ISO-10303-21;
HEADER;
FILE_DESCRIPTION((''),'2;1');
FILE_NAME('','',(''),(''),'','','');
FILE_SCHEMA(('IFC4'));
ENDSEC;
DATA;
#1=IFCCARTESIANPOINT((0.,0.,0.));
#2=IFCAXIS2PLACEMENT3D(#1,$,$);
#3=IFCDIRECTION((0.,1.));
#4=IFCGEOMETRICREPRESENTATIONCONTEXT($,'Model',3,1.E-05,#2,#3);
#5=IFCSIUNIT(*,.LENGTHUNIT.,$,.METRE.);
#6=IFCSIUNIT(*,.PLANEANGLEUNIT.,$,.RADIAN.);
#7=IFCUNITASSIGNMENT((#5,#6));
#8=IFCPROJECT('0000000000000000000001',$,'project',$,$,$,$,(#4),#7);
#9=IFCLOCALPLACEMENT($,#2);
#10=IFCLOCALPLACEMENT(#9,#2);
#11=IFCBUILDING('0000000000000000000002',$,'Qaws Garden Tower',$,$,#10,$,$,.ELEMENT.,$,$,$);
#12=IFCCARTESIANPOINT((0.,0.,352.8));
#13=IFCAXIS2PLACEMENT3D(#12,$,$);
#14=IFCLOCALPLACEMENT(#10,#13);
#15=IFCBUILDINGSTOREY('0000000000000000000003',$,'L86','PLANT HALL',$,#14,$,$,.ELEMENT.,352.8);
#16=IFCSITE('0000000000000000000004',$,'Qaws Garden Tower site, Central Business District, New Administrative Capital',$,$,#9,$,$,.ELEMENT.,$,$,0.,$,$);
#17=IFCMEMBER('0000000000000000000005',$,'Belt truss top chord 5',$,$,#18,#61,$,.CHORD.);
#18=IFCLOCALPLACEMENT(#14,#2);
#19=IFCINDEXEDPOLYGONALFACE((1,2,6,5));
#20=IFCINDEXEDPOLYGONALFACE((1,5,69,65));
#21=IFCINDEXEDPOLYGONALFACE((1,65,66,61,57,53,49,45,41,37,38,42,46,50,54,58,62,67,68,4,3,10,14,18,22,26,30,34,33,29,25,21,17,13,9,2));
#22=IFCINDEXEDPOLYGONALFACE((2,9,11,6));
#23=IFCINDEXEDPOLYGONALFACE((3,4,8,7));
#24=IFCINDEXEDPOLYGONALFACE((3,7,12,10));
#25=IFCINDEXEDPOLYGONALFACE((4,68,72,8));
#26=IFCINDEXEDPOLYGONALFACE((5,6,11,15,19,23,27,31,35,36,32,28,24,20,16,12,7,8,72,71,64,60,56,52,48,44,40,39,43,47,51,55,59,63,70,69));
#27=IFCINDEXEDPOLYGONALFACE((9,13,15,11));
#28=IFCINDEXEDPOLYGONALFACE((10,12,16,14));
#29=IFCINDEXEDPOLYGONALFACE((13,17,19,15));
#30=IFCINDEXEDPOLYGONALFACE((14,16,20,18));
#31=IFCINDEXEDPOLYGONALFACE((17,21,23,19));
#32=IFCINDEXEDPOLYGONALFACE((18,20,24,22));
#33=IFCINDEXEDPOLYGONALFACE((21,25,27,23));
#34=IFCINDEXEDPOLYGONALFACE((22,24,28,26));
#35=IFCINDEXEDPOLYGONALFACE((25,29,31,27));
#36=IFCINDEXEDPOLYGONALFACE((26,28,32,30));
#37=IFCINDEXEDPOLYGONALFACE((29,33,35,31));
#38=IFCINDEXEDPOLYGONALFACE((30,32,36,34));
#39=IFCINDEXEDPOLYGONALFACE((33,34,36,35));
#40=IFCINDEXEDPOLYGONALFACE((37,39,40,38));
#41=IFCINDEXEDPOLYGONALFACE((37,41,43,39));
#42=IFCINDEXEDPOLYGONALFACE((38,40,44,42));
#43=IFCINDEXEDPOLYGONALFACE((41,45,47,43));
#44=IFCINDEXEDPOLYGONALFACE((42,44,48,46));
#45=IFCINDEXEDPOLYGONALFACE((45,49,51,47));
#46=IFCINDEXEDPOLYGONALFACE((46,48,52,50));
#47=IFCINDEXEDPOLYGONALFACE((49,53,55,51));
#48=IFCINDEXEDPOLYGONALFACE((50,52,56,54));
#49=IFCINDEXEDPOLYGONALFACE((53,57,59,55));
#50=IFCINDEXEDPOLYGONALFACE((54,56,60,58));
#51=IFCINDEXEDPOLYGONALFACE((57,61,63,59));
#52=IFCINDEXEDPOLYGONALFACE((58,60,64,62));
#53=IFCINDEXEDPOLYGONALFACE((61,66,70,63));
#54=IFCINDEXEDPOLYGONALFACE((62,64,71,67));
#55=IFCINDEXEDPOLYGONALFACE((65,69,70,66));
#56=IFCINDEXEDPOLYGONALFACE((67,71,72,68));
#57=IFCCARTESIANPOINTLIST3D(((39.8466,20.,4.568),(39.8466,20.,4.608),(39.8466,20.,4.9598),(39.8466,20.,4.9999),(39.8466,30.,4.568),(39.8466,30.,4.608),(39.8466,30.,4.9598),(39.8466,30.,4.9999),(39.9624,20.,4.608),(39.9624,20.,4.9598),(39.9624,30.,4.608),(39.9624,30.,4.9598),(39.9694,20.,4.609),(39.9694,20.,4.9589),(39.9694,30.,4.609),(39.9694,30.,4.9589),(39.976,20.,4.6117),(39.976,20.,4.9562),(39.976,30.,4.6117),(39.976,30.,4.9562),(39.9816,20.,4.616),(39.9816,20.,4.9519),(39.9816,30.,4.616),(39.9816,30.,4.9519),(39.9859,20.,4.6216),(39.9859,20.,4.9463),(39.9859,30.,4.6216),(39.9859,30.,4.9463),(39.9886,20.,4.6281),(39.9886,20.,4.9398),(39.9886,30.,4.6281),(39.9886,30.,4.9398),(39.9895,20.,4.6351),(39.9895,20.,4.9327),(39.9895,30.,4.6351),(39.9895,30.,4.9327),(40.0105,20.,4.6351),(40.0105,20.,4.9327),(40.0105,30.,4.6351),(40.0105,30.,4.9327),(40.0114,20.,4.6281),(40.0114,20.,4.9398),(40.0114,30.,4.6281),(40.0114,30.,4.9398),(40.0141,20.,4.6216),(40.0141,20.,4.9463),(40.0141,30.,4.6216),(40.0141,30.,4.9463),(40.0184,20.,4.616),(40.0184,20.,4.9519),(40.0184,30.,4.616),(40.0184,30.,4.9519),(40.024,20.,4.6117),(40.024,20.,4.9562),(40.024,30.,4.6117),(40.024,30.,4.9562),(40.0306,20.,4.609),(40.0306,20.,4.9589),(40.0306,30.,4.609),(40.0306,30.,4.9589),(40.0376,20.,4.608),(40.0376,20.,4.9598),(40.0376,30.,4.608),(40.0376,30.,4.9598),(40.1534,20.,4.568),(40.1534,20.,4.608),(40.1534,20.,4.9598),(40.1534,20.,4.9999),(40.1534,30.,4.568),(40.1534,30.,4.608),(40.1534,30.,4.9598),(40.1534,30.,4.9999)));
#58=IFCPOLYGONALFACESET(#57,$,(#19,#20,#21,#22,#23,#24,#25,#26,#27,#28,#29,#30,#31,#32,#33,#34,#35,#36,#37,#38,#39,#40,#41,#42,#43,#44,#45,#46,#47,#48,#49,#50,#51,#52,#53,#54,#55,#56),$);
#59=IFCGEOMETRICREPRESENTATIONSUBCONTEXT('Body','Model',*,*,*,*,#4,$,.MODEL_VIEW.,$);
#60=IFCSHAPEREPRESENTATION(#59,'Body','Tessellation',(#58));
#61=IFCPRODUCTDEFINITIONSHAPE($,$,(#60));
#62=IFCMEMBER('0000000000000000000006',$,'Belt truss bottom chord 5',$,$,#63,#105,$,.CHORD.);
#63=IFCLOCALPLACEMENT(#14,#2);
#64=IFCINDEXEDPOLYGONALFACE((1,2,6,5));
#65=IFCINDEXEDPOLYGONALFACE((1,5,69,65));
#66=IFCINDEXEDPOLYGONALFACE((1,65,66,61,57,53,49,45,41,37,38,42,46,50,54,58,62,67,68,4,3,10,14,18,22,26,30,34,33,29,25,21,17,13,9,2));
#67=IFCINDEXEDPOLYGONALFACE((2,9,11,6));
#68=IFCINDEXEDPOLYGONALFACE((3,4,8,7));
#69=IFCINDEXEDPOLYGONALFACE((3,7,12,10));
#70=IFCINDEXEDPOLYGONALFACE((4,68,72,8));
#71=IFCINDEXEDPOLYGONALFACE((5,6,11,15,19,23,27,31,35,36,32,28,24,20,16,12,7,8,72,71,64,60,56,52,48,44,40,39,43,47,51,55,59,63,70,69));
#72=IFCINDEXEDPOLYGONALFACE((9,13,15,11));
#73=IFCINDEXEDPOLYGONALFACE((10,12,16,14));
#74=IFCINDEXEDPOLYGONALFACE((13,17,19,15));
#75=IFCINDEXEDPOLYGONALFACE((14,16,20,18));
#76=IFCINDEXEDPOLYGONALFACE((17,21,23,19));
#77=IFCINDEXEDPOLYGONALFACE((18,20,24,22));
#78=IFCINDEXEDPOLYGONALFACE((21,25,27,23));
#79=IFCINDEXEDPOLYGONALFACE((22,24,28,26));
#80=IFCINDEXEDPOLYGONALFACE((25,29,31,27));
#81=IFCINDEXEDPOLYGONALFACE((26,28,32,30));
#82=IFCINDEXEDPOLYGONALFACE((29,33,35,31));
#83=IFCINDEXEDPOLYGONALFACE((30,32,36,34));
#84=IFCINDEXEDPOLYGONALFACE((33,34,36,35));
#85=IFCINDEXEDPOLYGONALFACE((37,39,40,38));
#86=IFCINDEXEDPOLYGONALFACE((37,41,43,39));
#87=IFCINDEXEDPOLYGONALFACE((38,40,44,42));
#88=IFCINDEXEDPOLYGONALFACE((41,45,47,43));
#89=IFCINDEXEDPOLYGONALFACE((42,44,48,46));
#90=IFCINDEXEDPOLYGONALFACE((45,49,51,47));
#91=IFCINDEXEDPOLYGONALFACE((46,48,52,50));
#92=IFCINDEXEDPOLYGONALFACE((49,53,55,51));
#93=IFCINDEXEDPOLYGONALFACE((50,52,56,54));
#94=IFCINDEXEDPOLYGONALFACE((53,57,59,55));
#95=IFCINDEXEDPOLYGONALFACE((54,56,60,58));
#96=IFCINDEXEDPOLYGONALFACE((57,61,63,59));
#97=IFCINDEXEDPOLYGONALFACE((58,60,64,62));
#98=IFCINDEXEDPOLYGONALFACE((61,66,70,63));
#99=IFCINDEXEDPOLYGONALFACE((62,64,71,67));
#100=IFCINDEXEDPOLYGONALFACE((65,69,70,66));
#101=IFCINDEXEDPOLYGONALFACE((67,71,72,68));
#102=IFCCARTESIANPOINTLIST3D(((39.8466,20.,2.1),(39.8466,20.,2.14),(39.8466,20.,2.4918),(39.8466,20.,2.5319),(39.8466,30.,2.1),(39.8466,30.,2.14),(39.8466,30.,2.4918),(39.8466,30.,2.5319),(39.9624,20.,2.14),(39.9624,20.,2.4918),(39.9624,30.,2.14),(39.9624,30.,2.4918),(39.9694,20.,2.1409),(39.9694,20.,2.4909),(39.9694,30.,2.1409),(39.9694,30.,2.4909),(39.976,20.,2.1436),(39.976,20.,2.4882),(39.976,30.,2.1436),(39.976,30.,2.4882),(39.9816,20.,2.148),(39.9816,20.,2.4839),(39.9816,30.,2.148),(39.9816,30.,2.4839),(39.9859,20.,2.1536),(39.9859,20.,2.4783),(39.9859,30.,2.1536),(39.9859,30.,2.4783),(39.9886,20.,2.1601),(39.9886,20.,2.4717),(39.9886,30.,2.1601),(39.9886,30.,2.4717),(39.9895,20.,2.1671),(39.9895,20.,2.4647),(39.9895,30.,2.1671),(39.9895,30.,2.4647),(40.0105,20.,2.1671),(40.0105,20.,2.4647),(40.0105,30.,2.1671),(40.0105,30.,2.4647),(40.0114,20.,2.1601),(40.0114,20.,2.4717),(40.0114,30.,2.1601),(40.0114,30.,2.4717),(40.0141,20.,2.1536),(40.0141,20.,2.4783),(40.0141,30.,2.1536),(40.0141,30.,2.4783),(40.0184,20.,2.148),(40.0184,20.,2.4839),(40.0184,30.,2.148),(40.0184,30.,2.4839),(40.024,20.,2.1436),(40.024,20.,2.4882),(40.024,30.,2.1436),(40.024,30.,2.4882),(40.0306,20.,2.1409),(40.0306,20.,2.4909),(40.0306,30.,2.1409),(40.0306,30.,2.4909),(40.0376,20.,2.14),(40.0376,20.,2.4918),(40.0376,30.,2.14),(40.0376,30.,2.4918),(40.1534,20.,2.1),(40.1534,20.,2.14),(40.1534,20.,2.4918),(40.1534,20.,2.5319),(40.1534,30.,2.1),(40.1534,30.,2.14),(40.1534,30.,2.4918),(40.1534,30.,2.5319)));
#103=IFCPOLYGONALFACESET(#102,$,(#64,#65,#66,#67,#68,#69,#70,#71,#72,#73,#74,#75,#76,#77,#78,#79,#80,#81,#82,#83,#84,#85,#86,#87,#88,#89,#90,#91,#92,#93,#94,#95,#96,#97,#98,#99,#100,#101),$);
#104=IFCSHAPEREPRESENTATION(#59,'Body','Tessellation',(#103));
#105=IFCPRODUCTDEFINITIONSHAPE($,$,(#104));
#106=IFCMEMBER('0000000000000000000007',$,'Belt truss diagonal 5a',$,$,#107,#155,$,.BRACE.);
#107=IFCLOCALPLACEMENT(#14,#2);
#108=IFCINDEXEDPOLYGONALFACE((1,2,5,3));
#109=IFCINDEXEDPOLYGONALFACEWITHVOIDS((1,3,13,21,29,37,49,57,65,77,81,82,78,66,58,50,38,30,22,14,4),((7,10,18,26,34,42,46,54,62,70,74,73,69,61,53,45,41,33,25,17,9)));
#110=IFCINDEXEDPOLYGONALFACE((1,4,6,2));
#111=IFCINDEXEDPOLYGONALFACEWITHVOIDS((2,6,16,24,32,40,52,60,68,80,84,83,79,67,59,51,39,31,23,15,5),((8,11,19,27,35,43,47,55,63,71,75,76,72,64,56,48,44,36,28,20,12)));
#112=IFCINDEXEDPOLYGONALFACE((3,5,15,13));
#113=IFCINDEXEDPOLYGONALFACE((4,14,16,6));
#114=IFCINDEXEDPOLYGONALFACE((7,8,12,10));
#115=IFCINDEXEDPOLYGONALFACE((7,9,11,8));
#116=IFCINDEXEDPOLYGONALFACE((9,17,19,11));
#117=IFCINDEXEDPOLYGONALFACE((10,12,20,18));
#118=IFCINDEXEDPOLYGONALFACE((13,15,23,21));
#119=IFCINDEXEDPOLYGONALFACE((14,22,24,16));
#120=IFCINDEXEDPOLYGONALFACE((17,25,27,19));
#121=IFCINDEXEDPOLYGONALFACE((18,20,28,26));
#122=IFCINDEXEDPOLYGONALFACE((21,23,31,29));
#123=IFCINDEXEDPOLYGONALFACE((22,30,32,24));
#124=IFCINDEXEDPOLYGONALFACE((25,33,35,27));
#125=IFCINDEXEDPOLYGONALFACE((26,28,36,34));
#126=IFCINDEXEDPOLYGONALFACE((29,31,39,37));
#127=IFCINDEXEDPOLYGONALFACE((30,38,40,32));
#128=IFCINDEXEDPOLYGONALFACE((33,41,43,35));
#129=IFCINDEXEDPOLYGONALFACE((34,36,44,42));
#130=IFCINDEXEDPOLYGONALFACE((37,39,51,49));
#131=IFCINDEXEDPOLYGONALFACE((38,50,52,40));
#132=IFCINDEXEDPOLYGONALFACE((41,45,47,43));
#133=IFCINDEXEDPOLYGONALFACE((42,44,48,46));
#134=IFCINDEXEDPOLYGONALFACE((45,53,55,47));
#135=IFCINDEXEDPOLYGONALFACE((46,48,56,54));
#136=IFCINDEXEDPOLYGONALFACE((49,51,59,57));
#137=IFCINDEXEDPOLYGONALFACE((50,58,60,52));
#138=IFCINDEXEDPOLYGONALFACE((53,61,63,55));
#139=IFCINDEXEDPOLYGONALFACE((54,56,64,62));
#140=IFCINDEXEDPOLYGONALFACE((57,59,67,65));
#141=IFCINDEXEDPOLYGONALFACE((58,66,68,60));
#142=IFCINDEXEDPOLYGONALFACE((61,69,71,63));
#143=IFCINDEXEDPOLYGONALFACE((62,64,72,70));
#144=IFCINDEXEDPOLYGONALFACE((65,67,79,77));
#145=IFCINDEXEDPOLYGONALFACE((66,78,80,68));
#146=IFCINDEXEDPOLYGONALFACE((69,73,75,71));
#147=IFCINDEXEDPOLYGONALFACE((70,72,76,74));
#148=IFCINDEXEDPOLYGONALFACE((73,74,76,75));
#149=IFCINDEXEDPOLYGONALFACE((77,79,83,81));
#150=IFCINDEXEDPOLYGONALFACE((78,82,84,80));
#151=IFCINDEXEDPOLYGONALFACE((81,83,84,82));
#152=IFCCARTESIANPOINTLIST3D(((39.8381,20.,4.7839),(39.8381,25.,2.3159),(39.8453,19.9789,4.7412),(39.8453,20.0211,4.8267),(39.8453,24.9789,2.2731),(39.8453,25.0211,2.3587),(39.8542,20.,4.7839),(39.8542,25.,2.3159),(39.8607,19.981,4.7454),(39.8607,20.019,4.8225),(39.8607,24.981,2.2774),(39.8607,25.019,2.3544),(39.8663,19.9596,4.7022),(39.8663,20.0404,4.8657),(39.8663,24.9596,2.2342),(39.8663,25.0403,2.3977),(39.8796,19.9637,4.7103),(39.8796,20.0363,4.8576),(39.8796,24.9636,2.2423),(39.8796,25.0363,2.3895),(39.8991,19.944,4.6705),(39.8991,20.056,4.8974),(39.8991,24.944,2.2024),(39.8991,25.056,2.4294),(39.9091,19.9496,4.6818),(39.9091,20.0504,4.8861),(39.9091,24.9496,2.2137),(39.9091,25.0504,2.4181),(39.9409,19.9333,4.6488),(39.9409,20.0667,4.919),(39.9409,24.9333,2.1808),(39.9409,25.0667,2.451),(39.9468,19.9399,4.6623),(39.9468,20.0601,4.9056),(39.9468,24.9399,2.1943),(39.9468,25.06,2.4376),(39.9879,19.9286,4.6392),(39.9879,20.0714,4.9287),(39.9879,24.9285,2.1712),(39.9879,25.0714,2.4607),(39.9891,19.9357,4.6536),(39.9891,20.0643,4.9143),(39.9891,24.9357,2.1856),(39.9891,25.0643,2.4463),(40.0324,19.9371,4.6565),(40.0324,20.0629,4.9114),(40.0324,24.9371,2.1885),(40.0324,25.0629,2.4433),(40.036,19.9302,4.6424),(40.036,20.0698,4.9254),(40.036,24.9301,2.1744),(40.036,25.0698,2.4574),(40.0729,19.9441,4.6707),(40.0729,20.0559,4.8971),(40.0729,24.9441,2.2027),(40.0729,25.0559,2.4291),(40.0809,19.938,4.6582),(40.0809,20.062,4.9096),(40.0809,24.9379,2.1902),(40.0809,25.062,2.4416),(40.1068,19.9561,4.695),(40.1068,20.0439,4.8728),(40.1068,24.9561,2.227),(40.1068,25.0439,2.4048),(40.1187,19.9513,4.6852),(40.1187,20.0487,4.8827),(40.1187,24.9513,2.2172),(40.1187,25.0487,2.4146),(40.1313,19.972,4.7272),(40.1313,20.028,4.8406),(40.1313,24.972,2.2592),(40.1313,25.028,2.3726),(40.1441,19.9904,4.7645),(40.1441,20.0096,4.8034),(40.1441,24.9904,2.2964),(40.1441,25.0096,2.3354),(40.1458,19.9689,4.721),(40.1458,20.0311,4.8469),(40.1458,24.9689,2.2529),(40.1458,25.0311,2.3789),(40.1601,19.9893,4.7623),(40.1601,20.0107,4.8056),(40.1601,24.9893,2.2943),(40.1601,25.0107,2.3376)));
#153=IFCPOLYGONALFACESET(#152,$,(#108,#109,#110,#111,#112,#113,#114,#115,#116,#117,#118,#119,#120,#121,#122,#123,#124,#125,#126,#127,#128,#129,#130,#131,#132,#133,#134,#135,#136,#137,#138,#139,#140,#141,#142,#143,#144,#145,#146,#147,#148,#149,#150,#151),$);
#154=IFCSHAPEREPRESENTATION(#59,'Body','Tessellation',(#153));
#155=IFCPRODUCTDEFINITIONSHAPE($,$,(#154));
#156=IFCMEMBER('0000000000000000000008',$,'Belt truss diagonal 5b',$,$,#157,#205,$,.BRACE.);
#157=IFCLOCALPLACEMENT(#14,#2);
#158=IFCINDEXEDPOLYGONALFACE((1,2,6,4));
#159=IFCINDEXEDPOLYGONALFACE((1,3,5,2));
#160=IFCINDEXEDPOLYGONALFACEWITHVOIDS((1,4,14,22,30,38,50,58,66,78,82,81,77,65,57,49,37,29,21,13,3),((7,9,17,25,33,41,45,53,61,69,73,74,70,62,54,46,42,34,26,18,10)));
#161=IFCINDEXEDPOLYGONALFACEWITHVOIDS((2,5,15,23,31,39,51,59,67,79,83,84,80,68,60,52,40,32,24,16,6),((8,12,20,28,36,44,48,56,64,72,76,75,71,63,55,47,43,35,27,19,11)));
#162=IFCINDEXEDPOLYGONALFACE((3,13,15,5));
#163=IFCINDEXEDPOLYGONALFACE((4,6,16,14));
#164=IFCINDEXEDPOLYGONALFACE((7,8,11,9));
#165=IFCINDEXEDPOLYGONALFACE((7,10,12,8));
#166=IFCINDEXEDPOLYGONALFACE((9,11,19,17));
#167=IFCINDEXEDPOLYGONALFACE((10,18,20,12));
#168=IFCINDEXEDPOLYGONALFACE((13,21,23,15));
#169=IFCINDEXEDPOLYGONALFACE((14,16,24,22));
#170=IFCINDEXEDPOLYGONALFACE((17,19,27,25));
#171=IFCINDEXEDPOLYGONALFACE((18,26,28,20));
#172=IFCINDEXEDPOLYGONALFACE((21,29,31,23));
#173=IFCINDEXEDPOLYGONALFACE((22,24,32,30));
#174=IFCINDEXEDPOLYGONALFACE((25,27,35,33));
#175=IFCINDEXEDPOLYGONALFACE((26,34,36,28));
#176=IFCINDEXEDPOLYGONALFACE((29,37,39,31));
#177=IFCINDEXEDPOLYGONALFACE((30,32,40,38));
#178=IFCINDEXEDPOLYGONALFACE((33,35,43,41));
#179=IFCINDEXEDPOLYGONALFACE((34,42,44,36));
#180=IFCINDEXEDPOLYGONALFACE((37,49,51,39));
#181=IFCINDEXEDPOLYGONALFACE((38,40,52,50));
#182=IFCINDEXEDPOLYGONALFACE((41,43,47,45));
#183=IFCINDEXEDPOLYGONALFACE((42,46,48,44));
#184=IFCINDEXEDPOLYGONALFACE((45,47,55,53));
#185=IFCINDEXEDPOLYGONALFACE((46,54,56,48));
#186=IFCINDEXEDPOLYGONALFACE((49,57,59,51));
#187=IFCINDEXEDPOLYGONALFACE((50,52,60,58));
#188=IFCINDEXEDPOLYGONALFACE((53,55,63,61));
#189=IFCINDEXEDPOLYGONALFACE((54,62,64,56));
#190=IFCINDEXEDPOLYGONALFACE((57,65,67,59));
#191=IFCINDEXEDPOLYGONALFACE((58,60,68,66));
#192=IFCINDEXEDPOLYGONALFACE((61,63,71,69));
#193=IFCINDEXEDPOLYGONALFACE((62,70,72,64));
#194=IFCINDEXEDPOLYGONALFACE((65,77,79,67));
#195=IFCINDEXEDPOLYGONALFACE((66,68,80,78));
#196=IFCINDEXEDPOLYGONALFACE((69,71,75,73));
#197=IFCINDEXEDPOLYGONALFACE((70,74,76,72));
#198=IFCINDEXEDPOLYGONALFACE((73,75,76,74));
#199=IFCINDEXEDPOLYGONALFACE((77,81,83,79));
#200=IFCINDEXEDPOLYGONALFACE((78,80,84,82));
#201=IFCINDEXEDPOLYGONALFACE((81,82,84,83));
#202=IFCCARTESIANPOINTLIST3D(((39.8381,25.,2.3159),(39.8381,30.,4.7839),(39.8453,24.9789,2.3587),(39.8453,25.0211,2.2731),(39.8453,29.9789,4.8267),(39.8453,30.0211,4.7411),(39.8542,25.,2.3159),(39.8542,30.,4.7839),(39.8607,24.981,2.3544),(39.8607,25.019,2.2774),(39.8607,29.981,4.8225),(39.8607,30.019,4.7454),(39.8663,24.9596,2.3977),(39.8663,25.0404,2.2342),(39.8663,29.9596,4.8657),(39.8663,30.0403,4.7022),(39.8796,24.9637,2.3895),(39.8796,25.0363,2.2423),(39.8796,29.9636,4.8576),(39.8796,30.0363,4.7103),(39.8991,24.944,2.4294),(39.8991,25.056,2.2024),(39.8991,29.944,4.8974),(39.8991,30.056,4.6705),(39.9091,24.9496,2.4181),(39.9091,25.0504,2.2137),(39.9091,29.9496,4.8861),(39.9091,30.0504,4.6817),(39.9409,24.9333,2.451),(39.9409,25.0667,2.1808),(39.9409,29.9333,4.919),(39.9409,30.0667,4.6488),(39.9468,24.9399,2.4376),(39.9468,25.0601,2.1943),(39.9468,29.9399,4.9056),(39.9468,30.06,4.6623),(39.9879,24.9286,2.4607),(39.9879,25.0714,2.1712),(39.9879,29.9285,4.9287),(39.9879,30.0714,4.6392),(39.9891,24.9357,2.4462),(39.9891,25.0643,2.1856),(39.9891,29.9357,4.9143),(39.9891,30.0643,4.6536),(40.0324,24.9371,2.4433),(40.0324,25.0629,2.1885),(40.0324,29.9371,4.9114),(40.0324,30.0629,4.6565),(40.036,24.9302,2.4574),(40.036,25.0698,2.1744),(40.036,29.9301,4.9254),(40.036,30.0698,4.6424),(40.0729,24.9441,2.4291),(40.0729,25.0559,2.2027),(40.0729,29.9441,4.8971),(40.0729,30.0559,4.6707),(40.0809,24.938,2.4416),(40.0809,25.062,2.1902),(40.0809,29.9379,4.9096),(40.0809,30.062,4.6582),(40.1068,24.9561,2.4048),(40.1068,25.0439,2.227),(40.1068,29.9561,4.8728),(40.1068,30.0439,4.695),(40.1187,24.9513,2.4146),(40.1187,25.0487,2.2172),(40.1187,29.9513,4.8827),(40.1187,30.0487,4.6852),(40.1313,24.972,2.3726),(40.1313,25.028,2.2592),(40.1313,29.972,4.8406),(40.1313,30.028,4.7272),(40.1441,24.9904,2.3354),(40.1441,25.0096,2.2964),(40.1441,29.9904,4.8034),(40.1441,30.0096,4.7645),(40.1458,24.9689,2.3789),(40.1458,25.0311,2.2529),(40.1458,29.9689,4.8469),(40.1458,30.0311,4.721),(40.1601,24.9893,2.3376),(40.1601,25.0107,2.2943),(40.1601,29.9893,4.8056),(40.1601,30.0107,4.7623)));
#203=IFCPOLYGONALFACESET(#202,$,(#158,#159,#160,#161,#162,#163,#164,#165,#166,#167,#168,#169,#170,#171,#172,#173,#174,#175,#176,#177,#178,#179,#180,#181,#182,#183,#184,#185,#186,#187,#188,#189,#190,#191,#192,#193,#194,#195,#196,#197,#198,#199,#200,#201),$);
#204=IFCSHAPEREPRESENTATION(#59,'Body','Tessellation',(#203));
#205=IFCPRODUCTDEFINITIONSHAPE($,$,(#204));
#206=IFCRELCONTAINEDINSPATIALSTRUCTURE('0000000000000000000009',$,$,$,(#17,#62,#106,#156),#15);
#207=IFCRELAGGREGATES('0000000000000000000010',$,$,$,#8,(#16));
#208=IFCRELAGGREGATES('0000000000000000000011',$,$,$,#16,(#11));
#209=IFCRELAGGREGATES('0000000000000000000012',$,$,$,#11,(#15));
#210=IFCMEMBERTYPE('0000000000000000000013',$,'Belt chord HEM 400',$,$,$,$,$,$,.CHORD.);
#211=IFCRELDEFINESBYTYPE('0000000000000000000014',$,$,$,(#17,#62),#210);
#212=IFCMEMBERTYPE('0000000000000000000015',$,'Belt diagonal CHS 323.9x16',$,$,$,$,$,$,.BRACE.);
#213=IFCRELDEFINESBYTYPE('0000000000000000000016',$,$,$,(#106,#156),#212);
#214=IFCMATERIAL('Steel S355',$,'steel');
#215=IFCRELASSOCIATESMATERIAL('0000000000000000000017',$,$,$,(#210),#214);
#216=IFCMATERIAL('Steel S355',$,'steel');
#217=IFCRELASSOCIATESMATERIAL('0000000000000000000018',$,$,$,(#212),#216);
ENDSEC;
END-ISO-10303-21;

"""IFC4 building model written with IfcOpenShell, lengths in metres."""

from ifc_helpers import new_model, si_unit, direction, frame, origin, origin_2d, place, context, subcontext, project, spatial, hollow_circle, i_section, extrude, material, material_profile, profile_set, type_object, element, save


model = new_model("IFC4")

# Units and contexts
model_context = context("Model", 3, precision=1e-05, world=origin(), true_north=direction((0.0, 1.0)))
body_context = subcontext(model_context, "Body", "Model", "MODEL_VIEW")
ifc_project = project(units=[si_unit("LENGTHUNIT", "METRE"), si_unit("PLANEANGLEUNIT", "RADIAN")], contexts=[model_context])

# Site, building, storey
site_placement = place(None, origin())
site = spatial("IfcSite", under=ifc_project, at=site_placement, Name="Qaws Garden Tower site, Central Business District, New Administrative Capital", CompositionType="ELEMENT", RefElevation=0.0)
building_placement = place(site_placement, origin())
building = spatial("IfcBuilding", under=site, at=building_placement, Name="Qaws Garden Tower", CompositionType="ELEMENT")
storey_placement = place(building_placement, frame((0.0, 0.0, 352.8)))
storey = spatial("IfcBuildingStorey", under=building, at=storey_placement, Name="L86", Description="PLANT HALL", CompositionType="ELEMENT", Elevation=352.8)

# Members
ifc_material_1 = material(Name="Steel S355", Category="steel")
ifc_material_profile_1 = material_profile(ifc_material_1, i_section(OverallWidth=0.3069, OverallDepth=0.4319, WebThickness=0.021, FlangeThickness=0.04, FilletRadius=0.0271, at=origin_2d()), Name="HEM 400")
ifc_profile_set_1 = profile_set([ifc_material_profile_1], Name="Steel S355")
member_type_1 = type_object("IfcMemberType", Name="Belt chord HEM 400", PredefinedType="CHORD", material=ifc_profile_set_1)
for number, where, z_axis, x_axis, name in (
    (1, (40.0, 20.0, 4.7839), (0.0, 1.0, 0.0), (-1.0, 0.0, 0.0), "Belt truss top chord 5"),
    (2, (40.0, 20.0, 2.3159), (0.0, 1.0, 0.0), (-1.0, 0.0, 0.0), "Belt truss bottom chord 5"),
):
    element("IfcMember", number, at=place(storey_placement, frame(where, z_axis=z_axis, x_axis=x_axis)), inside=storey, type_object=member_type_1, Name=name, PredefinedType="CHORD", context=body_context, shape_type="SweptSolid", body=[
        extrude(i_section(OverallWidth=0.3069, OverallDepth=0.4319, WebThickness=0.021, FlangeThickness=0.04, FilletRadius=0.0271, at=origin_2d()), origin(), (0.0, 0.0, 1.0), 10.0),
    ])
ifc_material_2 = material(Name="Steel S355", Category="steel")
ifc_material_profile_2 = material_profile(ifc_material_2, hollow_circle(Radius=0.1619, WallThickness=0.0161, at=origin_2d()), Name="CHS 323.9x16")
ifc_profile_set_2 = profile_set([ifc_material_profile_2], Name="Steel S355")
member_type_2 = type_object("IfcMemberType", Name="Belt diagonal CHS 323.9x16", PredefinedType="BRACE", material=ifc_profile_set_2)
for number, where, z_axis, x_axis, name in (
    (3, (40.0, 20.0, 4.7839), (0.0, 0.89671, -0.442619), (-1.0, 0.0, 0.0), "Belt truss diagonal 5a"),
    (4, (40.0, 25.0, 2.3159), (0.0, 0.89671, 0.442619), (-1.0, 0.0, 0.0), "Belt truss diagonal 5b"),
):
    element("IfcMember", number, at=place(storey_placement, frame(where, z_axis=z_axis, x_axis=x_axis)), inside=storey, type_object=member_type_2, Name=name, PredefinedType="BRACE", context=body_context, shape_type="SweptSolid", body=[
        extrude(hollow_circle(Radius=0.1619, WallThickness=0.0161, at=origin_2d()), origin(), (0.0, 0.0, 1.0), 5.5759),
    ])

save(model, "model.ifc")
